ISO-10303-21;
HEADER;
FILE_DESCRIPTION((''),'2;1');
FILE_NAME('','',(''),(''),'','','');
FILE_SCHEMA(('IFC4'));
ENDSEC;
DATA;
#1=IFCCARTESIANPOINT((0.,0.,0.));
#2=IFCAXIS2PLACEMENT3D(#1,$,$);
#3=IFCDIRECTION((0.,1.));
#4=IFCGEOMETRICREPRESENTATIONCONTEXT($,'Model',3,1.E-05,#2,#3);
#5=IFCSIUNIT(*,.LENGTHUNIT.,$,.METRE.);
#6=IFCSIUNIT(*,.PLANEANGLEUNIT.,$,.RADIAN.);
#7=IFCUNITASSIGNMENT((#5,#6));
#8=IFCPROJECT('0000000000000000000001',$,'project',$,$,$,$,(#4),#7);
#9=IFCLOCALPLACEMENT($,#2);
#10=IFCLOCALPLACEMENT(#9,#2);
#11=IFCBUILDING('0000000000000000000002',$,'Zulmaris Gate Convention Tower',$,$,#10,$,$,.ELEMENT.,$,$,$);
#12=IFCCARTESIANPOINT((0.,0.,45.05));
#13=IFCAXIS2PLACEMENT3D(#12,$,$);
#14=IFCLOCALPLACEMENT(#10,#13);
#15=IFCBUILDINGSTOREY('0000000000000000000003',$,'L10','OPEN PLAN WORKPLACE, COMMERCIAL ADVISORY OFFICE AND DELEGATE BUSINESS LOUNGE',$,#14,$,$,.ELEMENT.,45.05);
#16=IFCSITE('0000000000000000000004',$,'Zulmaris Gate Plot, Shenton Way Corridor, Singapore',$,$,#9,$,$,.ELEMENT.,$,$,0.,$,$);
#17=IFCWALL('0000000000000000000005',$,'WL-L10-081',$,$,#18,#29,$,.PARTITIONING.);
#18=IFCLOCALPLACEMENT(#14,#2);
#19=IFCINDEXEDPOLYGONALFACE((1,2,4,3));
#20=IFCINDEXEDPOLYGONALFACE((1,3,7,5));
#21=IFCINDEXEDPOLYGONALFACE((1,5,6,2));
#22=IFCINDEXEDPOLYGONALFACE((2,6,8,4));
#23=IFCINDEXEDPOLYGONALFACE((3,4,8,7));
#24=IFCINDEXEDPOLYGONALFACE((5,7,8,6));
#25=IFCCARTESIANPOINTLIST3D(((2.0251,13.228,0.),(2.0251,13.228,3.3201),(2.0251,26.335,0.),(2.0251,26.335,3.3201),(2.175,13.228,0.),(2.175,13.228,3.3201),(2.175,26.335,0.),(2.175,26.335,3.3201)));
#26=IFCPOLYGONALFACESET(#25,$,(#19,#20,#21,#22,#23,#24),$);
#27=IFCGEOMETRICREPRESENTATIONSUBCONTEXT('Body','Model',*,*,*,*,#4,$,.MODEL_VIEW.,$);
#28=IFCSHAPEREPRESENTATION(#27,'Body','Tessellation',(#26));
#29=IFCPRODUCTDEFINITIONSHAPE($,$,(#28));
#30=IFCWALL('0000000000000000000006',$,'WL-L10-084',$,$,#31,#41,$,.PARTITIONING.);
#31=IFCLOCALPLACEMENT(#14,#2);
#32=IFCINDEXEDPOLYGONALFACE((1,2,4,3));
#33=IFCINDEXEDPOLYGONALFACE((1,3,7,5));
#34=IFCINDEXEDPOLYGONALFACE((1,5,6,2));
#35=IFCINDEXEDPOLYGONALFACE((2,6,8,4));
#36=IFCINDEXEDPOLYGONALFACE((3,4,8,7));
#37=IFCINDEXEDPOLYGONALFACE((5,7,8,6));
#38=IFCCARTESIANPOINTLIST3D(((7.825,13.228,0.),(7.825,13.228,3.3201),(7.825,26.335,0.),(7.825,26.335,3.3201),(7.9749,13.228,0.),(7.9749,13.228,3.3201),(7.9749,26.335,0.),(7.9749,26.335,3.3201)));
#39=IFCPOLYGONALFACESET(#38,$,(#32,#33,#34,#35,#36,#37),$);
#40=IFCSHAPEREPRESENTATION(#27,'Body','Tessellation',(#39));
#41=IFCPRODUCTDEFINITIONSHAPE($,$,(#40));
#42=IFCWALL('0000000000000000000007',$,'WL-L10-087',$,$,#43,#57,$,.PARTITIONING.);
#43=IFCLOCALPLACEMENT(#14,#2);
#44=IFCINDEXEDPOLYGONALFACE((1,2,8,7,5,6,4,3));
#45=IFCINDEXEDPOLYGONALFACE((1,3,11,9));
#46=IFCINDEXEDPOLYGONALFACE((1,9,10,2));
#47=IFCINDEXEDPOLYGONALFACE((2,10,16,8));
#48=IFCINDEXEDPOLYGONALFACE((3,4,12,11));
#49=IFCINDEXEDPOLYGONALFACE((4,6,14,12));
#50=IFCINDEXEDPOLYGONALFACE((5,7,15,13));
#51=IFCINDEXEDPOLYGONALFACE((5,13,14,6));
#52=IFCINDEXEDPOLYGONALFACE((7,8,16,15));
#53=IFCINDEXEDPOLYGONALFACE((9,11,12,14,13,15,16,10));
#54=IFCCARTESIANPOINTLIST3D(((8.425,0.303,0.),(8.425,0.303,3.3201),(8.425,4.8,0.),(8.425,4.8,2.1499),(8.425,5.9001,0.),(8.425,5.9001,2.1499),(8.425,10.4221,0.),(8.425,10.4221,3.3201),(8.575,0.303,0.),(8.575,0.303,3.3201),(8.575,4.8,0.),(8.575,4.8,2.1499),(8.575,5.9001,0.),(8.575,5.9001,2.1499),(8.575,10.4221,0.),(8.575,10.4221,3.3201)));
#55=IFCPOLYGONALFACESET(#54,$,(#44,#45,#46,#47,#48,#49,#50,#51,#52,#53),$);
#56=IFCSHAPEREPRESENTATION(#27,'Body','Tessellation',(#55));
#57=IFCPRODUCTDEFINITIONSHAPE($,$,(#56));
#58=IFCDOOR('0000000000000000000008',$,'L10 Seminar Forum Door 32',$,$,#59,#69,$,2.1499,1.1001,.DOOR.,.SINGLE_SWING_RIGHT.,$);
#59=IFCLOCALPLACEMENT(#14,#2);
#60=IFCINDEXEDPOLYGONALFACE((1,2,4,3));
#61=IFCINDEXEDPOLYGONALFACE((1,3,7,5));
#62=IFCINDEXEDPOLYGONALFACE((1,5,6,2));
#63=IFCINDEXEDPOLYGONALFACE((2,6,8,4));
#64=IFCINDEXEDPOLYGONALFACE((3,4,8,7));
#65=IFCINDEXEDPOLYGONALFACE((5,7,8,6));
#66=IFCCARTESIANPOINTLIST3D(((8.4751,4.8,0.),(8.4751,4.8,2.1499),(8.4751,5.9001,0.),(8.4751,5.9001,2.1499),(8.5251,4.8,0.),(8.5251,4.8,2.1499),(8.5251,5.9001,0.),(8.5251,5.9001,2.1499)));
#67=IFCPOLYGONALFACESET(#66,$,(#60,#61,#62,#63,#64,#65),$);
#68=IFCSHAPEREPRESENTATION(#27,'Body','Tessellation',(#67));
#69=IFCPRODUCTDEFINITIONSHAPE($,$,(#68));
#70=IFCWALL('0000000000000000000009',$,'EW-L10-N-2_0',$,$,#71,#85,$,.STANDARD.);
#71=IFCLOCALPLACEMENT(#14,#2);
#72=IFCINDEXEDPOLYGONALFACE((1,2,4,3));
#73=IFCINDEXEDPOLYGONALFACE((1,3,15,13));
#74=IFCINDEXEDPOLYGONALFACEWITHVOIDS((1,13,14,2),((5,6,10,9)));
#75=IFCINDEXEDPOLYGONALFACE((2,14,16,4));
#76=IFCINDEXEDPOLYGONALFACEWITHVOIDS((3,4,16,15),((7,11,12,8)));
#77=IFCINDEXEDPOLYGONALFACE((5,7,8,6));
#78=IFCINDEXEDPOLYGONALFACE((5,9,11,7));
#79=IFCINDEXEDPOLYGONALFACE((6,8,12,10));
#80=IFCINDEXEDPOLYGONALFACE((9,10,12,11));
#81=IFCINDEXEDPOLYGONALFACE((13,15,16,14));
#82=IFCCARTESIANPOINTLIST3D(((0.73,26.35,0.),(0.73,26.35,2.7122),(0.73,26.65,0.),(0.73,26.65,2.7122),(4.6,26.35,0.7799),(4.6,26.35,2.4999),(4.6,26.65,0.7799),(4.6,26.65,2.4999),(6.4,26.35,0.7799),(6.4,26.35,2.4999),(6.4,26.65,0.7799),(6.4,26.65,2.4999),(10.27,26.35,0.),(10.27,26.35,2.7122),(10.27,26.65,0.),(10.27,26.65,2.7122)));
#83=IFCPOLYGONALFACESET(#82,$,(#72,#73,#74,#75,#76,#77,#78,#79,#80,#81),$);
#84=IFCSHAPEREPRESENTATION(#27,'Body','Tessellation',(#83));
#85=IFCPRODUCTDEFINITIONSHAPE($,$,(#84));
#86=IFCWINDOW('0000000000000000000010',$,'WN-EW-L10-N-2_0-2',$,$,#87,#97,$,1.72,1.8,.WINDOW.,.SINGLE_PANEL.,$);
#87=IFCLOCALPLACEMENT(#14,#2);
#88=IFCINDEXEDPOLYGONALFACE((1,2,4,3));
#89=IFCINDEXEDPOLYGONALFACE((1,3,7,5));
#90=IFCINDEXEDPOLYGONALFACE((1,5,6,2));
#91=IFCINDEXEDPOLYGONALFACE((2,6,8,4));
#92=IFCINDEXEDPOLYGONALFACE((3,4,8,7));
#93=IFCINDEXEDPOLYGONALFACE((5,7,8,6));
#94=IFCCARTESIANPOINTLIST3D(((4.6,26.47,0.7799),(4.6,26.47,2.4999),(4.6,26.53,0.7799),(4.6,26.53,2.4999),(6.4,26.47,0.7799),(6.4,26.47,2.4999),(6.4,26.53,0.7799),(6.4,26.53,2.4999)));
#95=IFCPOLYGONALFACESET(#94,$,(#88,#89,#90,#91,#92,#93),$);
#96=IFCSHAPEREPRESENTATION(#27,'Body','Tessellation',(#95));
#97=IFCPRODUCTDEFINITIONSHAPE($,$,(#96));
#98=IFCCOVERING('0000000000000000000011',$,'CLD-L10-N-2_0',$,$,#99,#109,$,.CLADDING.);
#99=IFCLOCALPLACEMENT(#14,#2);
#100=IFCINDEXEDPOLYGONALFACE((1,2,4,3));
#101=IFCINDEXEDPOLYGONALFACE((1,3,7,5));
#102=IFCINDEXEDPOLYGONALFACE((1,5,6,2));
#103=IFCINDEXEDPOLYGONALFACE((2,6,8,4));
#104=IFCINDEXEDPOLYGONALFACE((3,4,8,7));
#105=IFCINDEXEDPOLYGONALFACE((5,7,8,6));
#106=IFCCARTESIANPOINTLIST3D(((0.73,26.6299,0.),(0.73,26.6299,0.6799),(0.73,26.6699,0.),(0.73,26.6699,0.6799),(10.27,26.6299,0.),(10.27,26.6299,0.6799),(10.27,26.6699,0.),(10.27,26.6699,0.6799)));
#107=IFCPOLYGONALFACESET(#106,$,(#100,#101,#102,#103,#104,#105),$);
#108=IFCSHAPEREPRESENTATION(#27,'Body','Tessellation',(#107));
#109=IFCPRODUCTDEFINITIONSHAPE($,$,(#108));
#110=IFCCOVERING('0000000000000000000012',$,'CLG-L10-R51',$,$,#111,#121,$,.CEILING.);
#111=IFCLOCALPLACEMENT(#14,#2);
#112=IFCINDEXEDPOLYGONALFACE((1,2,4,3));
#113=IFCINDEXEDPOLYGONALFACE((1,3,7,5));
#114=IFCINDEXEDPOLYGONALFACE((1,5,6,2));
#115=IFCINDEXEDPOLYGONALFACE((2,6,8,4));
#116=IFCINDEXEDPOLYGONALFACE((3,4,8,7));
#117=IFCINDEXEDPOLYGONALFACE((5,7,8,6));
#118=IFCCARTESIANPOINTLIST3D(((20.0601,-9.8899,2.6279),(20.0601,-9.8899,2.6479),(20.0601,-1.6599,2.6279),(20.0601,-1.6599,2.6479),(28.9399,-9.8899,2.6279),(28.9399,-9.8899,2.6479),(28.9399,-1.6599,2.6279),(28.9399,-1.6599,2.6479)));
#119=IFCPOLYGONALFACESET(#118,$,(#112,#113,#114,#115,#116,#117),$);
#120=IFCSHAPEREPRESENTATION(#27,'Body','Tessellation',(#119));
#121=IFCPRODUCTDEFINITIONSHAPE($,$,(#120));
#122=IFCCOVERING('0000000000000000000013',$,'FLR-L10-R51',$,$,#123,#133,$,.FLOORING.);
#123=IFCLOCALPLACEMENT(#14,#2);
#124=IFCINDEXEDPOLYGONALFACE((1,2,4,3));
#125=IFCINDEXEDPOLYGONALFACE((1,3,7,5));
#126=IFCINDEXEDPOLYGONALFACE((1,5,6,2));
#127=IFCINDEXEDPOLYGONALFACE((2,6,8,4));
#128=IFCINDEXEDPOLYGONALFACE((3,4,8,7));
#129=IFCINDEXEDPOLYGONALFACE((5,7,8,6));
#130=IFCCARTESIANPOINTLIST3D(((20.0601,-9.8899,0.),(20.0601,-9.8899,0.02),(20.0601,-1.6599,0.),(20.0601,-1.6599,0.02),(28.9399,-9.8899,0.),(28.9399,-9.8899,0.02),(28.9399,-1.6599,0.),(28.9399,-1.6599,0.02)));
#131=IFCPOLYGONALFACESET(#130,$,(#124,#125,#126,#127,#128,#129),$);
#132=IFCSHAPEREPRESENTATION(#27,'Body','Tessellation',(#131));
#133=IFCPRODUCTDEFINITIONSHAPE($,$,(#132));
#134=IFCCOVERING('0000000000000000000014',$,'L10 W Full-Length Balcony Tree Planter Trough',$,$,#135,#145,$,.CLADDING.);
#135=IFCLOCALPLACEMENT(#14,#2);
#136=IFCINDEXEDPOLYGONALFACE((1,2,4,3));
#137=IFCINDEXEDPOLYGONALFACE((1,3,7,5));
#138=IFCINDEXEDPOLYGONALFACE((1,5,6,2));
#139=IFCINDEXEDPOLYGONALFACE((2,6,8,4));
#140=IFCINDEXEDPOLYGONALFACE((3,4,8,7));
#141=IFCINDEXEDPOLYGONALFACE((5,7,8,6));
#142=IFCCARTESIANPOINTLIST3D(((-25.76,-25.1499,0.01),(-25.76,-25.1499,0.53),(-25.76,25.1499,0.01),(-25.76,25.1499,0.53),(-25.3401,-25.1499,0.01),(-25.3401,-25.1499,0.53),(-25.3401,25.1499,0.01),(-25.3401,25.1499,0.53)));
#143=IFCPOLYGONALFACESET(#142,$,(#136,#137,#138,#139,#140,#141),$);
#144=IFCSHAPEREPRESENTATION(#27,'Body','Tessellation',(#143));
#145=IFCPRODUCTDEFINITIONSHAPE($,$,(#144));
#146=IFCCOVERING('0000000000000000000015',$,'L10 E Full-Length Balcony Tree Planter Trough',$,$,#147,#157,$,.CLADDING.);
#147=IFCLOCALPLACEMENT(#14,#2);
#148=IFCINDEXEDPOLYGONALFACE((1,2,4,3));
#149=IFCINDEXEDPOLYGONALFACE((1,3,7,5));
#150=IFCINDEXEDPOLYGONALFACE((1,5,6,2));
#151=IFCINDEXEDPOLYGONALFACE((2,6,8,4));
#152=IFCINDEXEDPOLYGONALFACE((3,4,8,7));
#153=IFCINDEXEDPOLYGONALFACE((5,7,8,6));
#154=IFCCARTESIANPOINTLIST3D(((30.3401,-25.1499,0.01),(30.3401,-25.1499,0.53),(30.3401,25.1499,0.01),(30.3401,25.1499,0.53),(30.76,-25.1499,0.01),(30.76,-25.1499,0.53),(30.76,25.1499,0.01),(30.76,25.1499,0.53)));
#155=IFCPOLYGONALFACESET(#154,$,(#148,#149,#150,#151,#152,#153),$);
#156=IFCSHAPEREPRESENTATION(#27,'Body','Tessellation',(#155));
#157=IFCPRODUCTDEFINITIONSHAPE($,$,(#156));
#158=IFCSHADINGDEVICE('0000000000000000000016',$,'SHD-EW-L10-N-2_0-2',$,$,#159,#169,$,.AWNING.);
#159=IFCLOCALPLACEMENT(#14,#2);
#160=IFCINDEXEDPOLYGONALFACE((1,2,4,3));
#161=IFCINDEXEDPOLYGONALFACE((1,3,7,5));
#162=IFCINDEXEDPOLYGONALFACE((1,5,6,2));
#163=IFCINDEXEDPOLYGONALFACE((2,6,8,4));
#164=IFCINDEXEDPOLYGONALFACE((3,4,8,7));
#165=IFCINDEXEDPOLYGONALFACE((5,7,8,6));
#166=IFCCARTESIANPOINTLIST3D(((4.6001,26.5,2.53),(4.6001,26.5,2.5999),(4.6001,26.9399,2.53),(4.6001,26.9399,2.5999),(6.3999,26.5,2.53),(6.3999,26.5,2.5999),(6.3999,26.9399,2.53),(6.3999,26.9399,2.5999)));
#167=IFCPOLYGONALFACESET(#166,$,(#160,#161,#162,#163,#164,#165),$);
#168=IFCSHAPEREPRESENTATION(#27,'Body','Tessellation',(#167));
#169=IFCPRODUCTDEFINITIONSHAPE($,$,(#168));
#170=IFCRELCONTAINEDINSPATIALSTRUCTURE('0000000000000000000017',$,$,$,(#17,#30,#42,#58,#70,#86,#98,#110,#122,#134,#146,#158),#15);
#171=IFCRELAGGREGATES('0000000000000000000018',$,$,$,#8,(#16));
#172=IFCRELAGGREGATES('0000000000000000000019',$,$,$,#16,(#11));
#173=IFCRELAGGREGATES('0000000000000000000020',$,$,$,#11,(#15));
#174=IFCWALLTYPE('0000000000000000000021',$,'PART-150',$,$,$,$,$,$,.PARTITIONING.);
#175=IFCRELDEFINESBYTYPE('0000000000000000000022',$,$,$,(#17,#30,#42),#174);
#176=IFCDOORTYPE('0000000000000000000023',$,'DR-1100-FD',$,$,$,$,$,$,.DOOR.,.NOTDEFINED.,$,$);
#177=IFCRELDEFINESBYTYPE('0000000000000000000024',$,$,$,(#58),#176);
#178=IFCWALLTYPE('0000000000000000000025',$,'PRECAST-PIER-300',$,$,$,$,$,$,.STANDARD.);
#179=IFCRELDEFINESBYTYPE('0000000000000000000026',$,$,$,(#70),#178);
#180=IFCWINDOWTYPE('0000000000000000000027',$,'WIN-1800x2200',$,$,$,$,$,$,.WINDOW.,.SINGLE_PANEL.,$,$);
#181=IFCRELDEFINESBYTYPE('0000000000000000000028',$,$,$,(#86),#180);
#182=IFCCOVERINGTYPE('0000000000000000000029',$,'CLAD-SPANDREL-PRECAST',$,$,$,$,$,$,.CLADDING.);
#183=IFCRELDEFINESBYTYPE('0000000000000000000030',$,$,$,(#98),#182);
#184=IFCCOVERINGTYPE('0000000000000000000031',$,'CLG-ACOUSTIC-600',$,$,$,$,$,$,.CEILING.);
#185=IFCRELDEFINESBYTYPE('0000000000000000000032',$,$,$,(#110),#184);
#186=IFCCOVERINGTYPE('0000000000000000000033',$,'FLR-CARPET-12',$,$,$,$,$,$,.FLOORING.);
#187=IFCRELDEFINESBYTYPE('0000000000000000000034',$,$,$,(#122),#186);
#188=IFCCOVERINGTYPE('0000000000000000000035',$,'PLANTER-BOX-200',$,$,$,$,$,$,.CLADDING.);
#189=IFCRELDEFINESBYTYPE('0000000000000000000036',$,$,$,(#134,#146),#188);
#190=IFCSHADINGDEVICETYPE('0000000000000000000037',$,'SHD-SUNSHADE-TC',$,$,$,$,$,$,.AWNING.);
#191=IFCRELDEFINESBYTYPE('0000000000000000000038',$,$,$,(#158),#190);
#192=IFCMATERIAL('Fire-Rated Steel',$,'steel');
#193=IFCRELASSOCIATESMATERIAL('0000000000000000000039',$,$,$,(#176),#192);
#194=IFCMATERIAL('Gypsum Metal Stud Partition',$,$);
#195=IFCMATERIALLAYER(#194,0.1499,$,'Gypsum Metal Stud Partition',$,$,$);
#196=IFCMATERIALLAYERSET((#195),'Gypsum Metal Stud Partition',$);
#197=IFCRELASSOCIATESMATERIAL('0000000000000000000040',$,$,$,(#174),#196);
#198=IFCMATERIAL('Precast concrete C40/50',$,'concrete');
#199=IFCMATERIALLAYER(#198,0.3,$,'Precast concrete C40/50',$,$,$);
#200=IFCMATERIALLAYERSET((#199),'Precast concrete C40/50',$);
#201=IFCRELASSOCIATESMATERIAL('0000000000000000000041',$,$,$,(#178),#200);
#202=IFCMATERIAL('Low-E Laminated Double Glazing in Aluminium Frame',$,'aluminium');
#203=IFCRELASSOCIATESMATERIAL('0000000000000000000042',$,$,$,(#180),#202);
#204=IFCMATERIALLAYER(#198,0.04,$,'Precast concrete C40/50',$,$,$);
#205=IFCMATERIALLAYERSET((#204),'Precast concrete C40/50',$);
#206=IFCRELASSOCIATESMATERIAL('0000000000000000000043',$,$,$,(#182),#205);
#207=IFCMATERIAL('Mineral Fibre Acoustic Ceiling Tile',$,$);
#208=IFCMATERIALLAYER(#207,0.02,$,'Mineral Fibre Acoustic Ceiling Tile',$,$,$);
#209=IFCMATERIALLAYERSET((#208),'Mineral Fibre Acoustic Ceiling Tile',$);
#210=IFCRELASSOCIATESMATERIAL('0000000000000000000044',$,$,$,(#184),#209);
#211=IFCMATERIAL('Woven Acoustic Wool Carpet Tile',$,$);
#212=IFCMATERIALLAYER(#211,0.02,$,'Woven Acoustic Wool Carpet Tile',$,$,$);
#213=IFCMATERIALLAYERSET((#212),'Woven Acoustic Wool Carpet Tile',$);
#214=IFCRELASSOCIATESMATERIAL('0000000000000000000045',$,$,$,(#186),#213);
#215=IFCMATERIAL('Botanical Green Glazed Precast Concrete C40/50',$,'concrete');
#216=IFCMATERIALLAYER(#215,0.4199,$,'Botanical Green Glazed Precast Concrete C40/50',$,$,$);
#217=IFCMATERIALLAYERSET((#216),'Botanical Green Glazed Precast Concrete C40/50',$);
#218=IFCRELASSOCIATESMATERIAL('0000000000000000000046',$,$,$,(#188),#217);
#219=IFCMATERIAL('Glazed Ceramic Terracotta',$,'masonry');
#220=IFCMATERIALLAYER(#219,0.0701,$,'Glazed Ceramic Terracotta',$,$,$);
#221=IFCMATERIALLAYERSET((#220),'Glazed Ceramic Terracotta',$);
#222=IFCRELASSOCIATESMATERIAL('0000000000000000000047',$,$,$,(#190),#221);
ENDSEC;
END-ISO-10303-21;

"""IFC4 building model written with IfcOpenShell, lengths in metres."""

from ifc_helpers import new_model, si_unit, direction, frame, frame_2d, origin, place, context, subcontext, project, spatial, polyline, rectangle, outline, extrude, material, layer, layer_set, type_object, element, fill, save


model = new_model("IFC4")

# Units and contexts
model_context = context("Model", 3, precision=1e-05, world=origin(), true_north=direction((0.0, 1.0)))
body_context = subcontext(model_context, "Body", "Model", "MODEL_VIEW")
ifc_project = project(units=[si_unit("LENGTHUNIT", "METRE"), si_unit("PLANEANGLEUNIT", "RADIAN")], contexts=[model_context])

# Site, building, storey
site_placement = place(None, origin())
site = spatial("IfcSite", under=ifc_project, at=site_placement, Name="Zulmaris Gate Plot, Shenton Way Corridor, Singapore", CompositionType="ELEMENT", RefElevation=0.0)
building_placement = place(site_placement, origin())
building = spatial("IfcBuilding", under=site, at=building_placement, Name="Zulmaris Gate Convention Tower", CompositionType="ELEMENT")
storey_placement = place(building_placement, frame((0.0, 0.0, 45.05)))
storey = spatial("IfcBuildingStorey", under=building, at=storey_placement, Name="L10", Description="OPEN PLAN WORKPLACE, COMMERCIAL ADVISORY OFFICE AND DELEGATE BUSINESS LOUNGE", CompositionType="ELEMENT", Elevation=45.05)

# Shared definitions
ifc_material_1 = material(Name="Fire-Rated Steel", Category="steel")
door_type_1 = type_object("IfcDoorType", Name="DR-1100-FD", OperationType="NOTDEFINED", PredefinedType="DOOR", material=ifc_material_1)

# Walls
ifc_material_2 = material(Name="Gypsum Metal Stud Partition")
ifc_layer_1 = layer(ifc_material_2, 0.1499, Name="Gypsum Metal Stud Partition")
ifc_layer_set_1 = layer_set([ifc_layer_1], Name="Gypsum Metal Stud Partition")
wall_type_1 = type_object("IfcWallType", Name="PART-150", PredefinedType="PARTITIONING", material=ifc_layer_set_1)
for number, where, z_axis, x_axis, name in (
    (1, (2.1001, 13.228, 0.0), (0.0, 0.0, 1.0), (0.0, 1.0, 0.0), "WL-L10-081"),
    (2, (7.8999, 13.228, 0.0), (0.0, 0.0, 1.0), (0.0, 1.0, 0.0), "WL-L10-084"),
):
    element("IfcWall", number, at=place(storey_placement, frame(where, z_axis=z_axis, x_axis=x_axis)), inside=storey, type_object=wall_type_1, Name=name, PredefinedType="PARTITIONING", context=body_context, shape_type="SweptSolid", body=[
        extrude(rectangle(XDim=13.1069, YDim=0.1499, at=frame_2d((6.5535, 0.0))), origin(), (0.0, 0.0, 1.0), 3.3201),
    ])

# Wall, opening, door
wall_1_placement = place(storey_placement, frame((8.5, 0.303, 0.0), z_axis=(0.0, 0.0, 1.0), x_axis=(0.0, 1.0, 0.0)))
wall_1 = element("IfcWall", 3, at=wall_1_placement, inside=storey, type_object=wall_type_1, Name="WL-L10-087", PredefinedType="PARTITIONING", context=body_context, shape_type="SweptSolid", body=[
    extrude(rectangle(XDim=10.1191, YDim=0.1499, at=frame_2d((5.0596, 0.0))), origin(), (0.0, 0.0, 1.0), 3.3201),
])
opening_1_placement = place(wall_1_placement, frame((4.4971, 0.0, 0.0)))
opening_1 = element("IfcOpeningElement", 4, at=opening_1_placement, cuts=wall_1, PredefinedType="OPENING", context=body_context, shape_type="SweptSolid", body=[
    extrude(rectangle(XDim=1.1001, YDim=2.1499, at=frame_2d((0.55, 1.075))), frame((0.0, 0.085, 0.0), z_axis=(0.0, -1.0, 0.0), x_axis=(1.0, 0.0, 0.0)), (0.0, 0.0, 1.0), 0.1699),
])
door_1_placement = place(opening_1_placement, origin())
door_1 = element("IfcDoor", 5, at=door_1_placement, inside=storey, type_object=door_type_1, Name="L10 Seminar Forum Door 32", OperationType="SINGLE_SWING_RIGHT", OverallHeight=2.1499, OverallWidth=1.1001, PredefinedType="DOOR", context=body_context, shape_type="SweptSolid", body=[
    extrude(rectangle(XDim=1.1001, YDim=2.1499, at=frame_2d((0.55, 1.075))), frame((0.0, 0.0249, 0.0), z_axis=(0.0, -1.0, 0.0), x_axis=(1.0, 0.0, 0.0)), (0.0, 0.0, 1.0), 0.05),
])
fill(opening_1, door_1)

# Wall, opening, window
ifc_material_3 = material(Name="Precast concrete C40/50", Category="concrete")
ifc_layer_2 = layer(ifc_material_3, 0.3, Name="Precast concrete C40/50")
ifc_layer_set_2 = layer_set([ifc_layer_2], Name="Precast concrete C40/50")
wall_type_2 = type_object("IfcWallType", Name="PRECAST-PIER-300", PredefinedType="STANDARD", material=ifc_layer_set_2)
wall_2_placement = place(storey_placement, frame((10.27, 26.5, 0.0), z_axis=(0.0, 0.0, 1.0), x_axis=(-1.0, 0.0, 0.0)))
wall_2 = element("IfcWall", 6, at=wall_2_placement, inside=storey, type_object=wall_type_2, Name="EW-L10-N-2_0", PredefinedType="STANDARD", context=body_context, shape_type="SweptSolid", body=[
    extrude(rectangle(XDim=9.54, YDim=0.3, at=frame_2d((4.77, 0.0))), origin(), (0.0, 0.0, 1.0), 2.7122),
])
opening_2_placement = place(wall_2_placement, frame((3.8701, 0.0, 0.78)))
opening_2 = element("IfcOpeningElement", 7, at=opening_2_placement, cuts=wall_2, PredefinedType="OPENING", context=body_context, shape_type="SweptSolid", body=[
    extrude(rectangle(XDim=1.8, YDim=1.72, at=frame_2d((0.8999, 0.8599))), frame((0.0, 0.1602, 0.0), z_axis=(0.0, -1.0, 0.0), x_axis=(1.0, 0.0, 0.0)), (0.0, 0.0, 1.0), 0.3201),
])
ifc_material_4 = material(Name="Low-E Laminated Double Glazing in Aluminium Frame", Category="aluminium")
window_type = type_object("IfcWindowType", Name="WIN-1800x2200", PartitioningType="SINGLE_PANEL", PredefinedType="WINDOW", material=ifc_material_4)
window_placement = place(opening_2_placement, origin())
window = element("IfcWindow", 8, at=window_placement, inside=storey, type_object=window_type, Name="WN-EW-L10-N-2_0-2", OverallHeight=1.72, OverallWidth=1.8, PartitioningType="SINGLE_PANEL", PredefinedType="WINDOW", context=body_context, shape_type="SweptSolid", body=[
    extrude(rectangle(XDim=1.8, YDim=1.72, at=frame_2d((0.8999, 0.8599))), frame((0.0, 0.03, 0.0), z_axis=(0.0, -1.0, 0.0), x_axis=(1.0, 0.0, 0.0)), (0.0, 0.0, 1.0), 0.0601),
])
fill(opening_2, window)

# Coverings
ifc_layer_3 = layer(ifc_material_3, 0.04, Name="Precast concrete C40/50")
ifc_layer_set_3 = layer_set([ifc_layer_3], Name="Precast concrete C40/50")
covering_type_1 = type_object("IfcCoveringType", Name="CLAD-SPANDREL-PRECAST", PredefinedType="CLADDING", material=ifc_layer_set_3)
covering_1_placement = place(storey_placement, frame((10.27, 26.6499, 0.0), z_axis=(0.0, 0.0, 1.0), x_axis=(-1.0, 0.0, 0.0)))
element("IfcCovering", 9, at=covering_1_placement, inside=storey, type_object=covering_type_1, Name="CLD-L10-N-2_0", PredefinedType="CLADDING", context=body_context, shape_type="SweptSolid", body=[
    extrude(rectangle(XDim=9.54, YDim=0.04, at=frame_2d((4.77, 0.0))), origin(), (0.0, 0.0, 1.0), 0.6799),
])
ifc_material_5 = material(Name="Mineral Fibre Acoustic Ceiling Tile")
ifc_layer_4 = layer(ifc_material_5, 0.02, Name="Mineral Fibre Acoustic Ceiling Tile")
ifc_layer_set_4 = layer_set([ifc_layer_4], Name="Mineral Fibre Acoustic Ceiling Tile")
covering_type_2 = type_object("IfcCoveringType", Name="CLG-ACOUSTIC-600", PredefinedType="CEILING", material=ifc_layer_set_4)
covering_2_placement = place(storey_placement, frame((0.0, 0.0, 2.6279)))
element("IfcCovering", 10, at=covering_2_placement, inside=storey, type_object=covering_type_2, Name="CLG-L10-R51", PredefinedType="CEILING", context=body_context, shape_type="SweptSolid", body=[
    extrude(outline(polyline([(20.0601, -9.8899), (28.9399, -9.8899), (28.9399, -1.6599), (20.0601, -1.6599), (20.0601, -9.8899)])), origin(), (0.0, 0.0, 1.0), 0.02),
])
ifc_material_6 = material(Name="Woven Acoustic Wool Carpet Tile")
ifc_layer_5 = layer(ifc_material_6, 0.02, Name="Woven Acoustic Wool Carpet Tile")
ifc_layer_set_5 = layer_set([ifc_layer_5], Name="Woven Acoustic Wool Carpet Tile")
covering_type_3 = type_object("IfcCoveringType", Name="FLR-CARPET-12", PredefinedType="FLOORING", material=ifc_layer_set_5)
covering_3_placement = place(storey_placement, origin())
element("IfcCovering", 11, at=covering_3_placement, inside=storey, type_object=covering_type_3, Name="FLR-L10-R51", PredefinedType="FLOORING", context=body_context, shape_type="SweptSolid", body=[
    extrude(outline(polyline([(20.0601, -9.8899), (28.9399, -9.8899), (28.9399, -1.6599), (20.0601, -1.6599), (20.0601, -9.8899)])), origin(), (0.0, 0.0, 1.0), 0.02),
])
ifc_material_7 = material(Name="Botanical Green Glazed Precast Concrete C40/50", Category="concrete")
ifc_layer_6 = layer(ifc_material_7, 0.4199, Name="Botanical Green Glazed Precast Concrete C40/50")
ifc_layer_set_6 = layer_set([ifc_layer_6], Name="Botanical Green Glazed Precast Concrete C40/50")
covering_type_4 = type_object("IfcCoveringType", Name="PLANTER-BOX-200", PredefinedType="CLADDING", material=ifc_layer_set_6)
covering_4_placement = place(storey_placement, frame((0.0, 0.0, 0.01)))
element("IfcCovering", 12, at=covering_4_placement, inside=storey, type_object=covering_type_4, Name="L10 W Full-Length Balcony Tree Planter Trough", PredefinedType="CLADDING", context=body_context, shape_type="SweptSolid", body=[
    extrude(outline(polyline([(-25.76, -25.1499), (-25.3401, -25.1499), (-25.3401, 25.1499), (-25.76, 25.1499), (-25.76, -25.1499)])), origin(), (0.0, 0.0, 1.0), 0.52),
])
covering_5_placement = place(storey_placement, frame((0.0, 0.0, 0.01)))
element("IfcCovering", 13, at=covering_5_placement, inside=storey, type_object=covering_type_4, Name="L10 E Full-Length Balcony Tree Planter Trough", PredefinedType="CLADDING", context=body_context, shape_type="SweptSolid", body=[
    extrude(outline(polyline([(30.3401, -25.1499), (30.76, -25.1499), (30.76, 25.1499), (30.3401, 25.1499), (30.3401, -25.1499)])), origin(), (0.0, 0.0, 1.0), 0.52),
])

# Shading device
ifc_material_8 = material(Name="Glazed Ceramic Terracotta", Category="masonry")
ifc_layer_7 = layer(ifc_material_8, 0.0701, Name="Glazed Ceramic Terracotta")
ifc_layer_set_7 = layer_set([ifc_layer_7], Name="Glazed Ceramic Terracotta")
shading_device_type = type_object("IfcShadingDeviceType", Name="SHD-SUNSHADE-TC", PredefinedType="AWNING", material=ifc_layer_set_7)
shading_device_placement = place(storey_placement, frame((6.3999, 26.72, 2.53), z_axis=(0.0, 0.0, 1.0), x_axis=(-1.0, 0.0, 0.0)))
element("IfcShadingDevice", 14, at=shading_device_placement, inside=storey, type_object=shading_device_type, Name="SHD-EW-L10-N-2_0-2", PredefinedType="AWNING", context=body_context, shape_type="SweptSolid", body=[
    extrude(rectangle(XDim=1.7998, YDim=0.4399, at=frame_2d((0.8999, 0.0))), origin(), (0.0, 0.0, 1.0), 0.0698),
])

save(model, "model.ifc")
